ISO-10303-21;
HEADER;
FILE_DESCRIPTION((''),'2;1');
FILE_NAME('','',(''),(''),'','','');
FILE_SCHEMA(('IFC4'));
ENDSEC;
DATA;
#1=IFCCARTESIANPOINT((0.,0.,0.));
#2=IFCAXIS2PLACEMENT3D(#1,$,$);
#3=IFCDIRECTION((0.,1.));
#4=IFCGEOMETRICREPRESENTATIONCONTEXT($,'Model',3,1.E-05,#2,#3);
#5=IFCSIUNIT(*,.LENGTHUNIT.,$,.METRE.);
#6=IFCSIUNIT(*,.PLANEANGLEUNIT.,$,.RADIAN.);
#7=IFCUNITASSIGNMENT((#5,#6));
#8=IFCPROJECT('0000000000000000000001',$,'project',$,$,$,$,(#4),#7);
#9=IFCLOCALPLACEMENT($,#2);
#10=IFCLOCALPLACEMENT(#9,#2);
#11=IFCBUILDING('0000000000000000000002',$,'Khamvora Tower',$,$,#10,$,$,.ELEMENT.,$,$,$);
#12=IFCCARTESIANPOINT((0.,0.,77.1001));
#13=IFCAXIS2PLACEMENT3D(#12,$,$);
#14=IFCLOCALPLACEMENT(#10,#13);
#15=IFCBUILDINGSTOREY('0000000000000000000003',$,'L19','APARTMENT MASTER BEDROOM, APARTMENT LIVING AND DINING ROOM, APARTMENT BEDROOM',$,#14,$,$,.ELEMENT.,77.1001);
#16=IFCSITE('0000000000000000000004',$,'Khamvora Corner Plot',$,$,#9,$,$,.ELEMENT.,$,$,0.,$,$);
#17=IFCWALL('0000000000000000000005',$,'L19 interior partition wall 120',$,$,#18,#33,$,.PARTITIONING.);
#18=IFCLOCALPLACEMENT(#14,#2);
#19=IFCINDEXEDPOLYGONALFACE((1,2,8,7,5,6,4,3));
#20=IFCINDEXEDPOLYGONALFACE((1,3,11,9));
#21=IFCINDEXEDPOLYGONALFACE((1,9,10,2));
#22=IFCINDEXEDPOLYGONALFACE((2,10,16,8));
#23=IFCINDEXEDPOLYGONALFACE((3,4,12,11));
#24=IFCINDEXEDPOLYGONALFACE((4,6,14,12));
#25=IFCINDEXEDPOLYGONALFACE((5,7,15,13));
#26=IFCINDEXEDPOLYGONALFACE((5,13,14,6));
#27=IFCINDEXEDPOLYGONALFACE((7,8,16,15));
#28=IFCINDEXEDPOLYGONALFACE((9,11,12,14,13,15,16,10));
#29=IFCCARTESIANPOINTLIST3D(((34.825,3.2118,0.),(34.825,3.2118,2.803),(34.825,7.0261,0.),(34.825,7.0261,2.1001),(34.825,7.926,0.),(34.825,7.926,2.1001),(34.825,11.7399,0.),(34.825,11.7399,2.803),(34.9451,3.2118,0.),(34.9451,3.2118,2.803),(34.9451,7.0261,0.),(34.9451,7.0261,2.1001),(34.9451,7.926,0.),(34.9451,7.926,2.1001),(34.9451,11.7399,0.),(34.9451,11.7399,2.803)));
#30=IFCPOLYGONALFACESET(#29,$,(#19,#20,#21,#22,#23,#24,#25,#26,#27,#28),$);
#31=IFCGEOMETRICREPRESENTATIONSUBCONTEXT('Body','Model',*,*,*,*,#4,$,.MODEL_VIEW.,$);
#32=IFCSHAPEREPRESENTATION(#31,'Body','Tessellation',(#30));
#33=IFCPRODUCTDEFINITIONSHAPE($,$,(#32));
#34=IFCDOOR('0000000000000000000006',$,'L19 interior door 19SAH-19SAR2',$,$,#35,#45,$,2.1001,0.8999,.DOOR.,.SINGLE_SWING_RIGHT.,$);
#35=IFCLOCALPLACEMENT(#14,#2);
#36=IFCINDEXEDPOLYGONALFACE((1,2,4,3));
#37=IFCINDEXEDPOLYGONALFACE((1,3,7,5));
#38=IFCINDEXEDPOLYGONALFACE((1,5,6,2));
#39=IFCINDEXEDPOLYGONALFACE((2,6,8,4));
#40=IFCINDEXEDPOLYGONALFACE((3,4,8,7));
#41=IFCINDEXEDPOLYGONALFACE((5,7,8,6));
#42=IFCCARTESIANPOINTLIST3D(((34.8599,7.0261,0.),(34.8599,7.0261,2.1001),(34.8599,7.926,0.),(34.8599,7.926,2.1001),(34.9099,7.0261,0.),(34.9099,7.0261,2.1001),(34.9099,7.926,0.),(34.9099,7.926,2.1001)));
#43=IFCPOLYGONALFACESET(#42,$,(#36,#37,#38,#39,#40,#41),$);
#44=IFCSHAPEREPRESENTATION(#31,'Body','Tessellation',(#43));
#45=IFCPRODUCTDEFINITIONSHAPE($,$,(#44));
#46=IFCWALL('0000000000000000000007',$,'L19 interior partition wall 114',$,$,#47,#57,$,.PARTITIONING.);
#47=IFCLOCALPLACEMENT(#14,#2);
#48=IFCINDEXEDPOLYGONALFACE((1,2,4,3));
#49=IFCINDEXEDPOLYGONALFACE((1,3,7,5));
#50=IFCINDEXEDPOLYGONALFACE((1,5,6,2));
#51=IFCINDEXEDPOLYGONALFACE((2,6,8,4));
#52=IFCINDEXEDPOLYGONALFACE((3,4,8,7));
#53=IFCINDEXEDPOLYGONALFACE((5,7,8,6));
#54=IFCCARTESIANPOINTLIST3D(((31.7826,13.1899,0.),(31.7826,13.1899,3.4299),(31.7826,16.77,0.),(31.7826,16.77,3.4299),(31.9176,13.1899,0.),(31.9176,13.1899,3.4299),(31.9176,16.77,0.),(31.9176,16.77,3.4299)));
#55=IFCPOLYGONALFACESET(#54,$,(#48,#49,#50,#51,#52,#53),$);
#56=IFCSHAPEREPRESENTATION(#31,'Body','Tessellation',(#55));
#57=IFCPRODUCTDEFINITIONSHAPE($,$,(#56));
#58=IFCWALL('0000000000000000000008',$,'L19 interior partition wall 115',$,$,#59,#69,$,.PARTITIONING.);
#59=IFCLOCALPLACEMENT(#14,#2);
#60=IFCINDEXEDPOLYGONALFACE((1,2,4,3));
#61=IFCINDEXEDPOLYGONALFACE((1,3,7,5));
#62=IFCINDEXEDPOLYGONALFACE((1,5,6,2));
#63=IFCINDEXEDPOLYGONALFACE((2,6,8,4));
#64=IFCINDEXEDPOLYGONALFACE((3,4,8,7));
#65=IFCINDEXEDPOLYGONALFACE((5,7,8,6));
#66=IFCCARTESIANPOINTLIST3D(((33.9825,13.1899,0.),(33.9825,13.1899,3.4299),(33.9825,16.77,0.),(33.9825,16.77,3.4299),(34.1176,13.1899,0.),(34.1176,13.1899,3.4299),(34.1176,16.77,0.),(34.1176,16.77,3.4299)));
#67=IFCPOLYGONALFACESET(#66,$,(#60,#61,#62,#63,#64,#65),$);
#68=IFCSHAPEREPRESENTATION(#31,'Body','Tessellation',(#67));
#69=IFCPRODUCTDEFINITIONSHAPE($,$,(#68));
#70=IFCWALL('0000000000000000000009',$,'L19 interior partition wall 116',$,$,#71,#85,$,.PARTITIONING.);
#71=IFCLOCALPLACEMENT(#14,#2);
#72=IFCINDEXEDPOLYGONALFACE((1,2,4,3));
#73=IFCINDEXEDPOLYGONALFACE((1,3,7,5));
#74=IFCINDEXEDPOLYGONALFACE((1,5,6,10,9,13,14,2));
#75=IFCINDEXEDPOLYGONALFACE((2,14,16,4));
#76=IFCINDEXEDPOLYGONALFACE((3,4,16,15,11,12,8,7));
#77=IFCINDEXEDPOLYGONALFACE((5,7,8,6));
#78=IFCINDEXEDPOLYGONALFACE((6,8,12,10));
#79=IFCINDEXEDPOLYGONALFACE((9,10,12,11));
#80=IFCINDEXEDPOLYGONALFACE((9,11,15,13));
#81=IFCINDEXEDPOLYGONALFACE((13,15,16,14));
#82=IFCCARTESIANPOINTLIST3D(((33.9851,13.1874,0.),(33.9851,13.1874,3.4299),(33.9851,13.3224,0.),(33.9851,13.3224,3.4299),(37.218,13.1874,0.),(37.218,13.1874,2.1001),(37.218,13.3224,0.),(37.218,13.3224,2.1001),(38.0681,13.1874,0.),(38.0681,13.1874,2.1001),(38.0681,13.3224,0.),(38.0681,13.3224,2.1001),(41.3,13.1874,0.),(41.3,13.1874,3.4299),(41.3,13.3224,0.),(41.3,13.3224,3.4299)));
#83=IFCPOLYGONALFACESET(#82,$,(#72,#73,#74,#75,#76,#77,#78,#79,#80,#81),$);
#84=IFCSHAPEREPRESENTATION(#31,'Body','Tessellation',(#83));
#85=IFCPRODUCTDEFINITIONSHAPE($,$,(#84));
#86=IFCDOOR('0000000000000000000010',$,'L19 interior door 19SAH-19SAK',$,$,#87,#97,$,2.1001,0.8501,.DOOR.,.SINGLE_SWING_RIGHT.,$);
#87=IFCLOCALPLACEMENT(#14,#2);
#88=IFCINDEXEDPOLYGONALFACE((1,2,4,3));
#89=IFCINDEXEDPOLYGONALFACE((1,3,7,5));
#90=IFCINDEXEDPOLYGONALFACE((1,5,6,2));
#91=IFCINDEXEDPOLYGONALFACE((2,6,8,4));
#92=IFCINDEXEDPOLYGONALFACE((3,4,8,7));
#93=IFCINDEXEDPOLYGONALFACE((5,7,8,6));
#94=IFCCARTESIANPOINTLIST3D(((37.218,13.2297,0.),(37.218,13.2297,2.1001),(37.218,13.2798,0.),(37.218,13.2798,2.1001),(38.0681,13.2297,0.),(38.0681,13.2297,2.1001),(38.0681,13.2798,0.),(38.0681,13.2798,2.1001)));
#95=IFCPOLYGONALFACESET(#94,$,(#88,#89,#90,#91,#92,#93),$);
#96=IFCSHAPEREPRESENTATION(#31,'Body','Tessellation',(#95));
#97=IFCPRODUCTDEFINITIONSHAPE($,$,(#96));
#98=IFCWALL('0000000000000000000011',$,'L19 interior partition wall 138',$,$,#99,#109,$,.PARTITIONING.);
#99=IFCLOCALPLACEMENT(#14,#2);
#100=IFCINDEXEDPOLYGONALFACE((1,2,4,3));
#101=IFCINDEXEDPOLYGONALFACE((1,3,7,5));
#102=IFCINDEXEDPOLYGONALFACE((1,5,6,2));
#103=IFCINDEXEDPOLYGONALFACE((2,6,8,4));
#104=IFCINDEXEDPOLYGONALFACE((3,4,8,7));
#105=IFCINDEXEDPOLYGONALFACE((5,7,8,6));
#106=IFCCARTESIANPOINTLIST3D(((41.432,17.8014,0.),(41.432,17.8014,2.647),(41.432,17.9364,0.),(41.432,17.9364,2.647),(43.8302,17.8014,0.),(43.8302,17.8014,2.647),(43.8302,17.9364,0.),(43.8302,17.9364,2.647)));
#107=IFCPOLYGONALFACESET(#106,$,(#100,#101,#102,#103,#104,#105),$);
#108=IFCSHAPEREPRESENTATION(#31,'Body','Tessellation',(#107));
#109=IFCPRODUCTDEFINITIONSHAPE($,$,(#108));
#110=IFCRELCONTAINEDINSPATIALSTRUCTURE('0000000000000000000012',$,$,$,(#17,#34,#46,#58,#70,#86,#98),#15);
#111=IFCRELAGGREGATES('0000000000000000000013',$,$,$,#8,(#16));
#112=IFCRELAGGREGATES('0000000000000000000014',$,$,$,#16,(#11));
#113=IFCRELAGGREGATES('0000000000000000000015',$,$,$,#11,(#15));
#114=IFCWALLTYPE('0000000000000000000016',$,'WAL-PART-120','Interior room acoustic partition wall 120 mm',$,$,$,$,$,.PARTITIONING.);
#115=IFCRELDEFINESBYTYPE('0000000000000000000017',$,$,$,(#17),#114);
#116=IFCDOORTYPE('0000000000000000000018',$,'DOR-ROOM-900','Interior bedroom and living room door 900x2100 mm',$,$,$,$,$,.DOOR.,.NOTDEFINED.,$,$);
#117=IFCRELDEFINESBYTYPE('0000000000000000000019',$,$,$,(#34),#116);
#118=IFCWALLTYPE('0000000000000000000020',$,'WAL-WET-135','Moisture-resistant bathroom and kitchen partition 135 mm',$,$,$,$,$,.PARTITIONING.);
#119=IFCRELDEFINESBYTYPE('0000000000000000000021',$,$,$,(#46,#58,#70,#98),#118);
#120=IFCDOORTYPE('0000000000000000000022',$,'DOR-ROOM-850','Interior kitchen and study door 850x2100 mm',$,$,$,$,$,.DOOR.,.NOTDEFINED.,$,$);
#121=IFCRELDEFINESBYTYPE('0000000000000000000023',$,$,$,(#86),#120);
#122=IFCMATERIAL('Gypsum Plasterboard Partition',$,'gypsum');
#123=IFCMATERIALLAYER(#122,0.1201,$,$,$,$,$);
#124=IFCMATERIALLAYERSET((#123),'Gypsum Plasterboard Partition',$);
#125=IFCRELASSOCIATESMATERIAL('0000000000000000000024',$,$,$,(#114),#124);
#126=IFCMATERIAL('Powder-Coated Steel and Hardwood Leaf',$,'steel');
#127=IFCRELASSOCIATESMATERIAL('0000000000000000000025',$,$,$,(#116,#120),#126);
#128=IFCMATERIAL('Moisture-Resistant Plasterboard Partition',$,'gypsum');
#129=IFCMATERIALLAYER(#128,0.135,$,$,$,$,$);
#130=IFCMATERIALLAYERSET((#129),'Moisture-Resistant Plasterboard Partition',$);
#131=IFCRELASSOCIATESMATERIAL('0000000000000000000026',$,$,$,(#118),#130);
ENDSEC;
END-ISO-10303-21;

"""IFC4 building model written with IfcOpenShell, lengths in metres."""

from ifc_helpers import new_model, si_unit, direction, frame, frame_2d, origin, place, context, subcontext, project, spatial, rectangle, extrude, material, layer, layer_set, type_object, element, fill, save


model = new_model("IFC4")

# Units and contexts
model_context = context("Model", 3, precision=1e-05, world=origin(), true_north=direction((0.0, 1.0)))
body_context = subcontext(model_context, "Body", "Model", "MODEL_VIEW")
ifc_project = project(units=[si_unit("LENGTHUNIT", "METRE"), si_unit("PLANEANGLEUNIT", "RADIAN")], contexts=[model_context])

# Site, building, storey
site_placement = place(None, origin())
site = spatial("IfcSite", under=ifc_project, at=site_placement, Name="Khamvora Corner Plot", CompositionType="ELEMENT", RefElevation=0.0)
building_placement = place(site_placement, origin())
building = spatial("IfcBuilding", under=site, at=building_placement, Name="Khamvora Tower", CompositionType="ELEMENT")
storey_placement = place(building_placement, frame((0.0, 0.0, 77.1001)))
storey = spatial("IfcBuildingStorey", under=building, at=storey_placement, Name="L19", Description="APARTMENT MASTER BEDROOM, APARTMENT LIVING AND DINING ROOM, APARTMENT BEDROOM", CompositionType="ELEMENT", Elevation=77.1001)

# Shared definitions
ifc_material_1 = material(Name="Powder-Coated Steel and Hardwood Leaf", Category="steel")

# Shared definitions
ifc_material_2 = material(Name="Gypsum Plasterboard Partition", Category="gypsum")
ifc_layer_1 = layer(ifc_material_2, 0.1201)
ifc_layer_set_1 = layer_set([ifc_layer_1], Name="Gypsum Plasterboard Partition")
wall_type_1 = type_object("IfcWallType", Name="WAL-PART-120", Description="Interior room acoustic partition wall 120 mm", PredefinedType="PARTITIONING", material=ifc_layer_set_1)
door_type_1 = type_object("IfcDoorType", Name="DOR-ROOM-900", Description="Interior bedroom and living room door 900x2100 mm", OperationType="NOTDEFINED", PredefinedType="DOOR", material=ifc_material_1)

# Wall, opening, door
wall_1_placement = place(storey_placement, frame((34.885, 11.74, 0.0), z_axis=(0.0, 0.0, 1.0), x_axis=(0.0, -1.0, 0.0)))
wall_1 = element("IfcWall", 1, at=wall_1_placement, inside=storey, type_object=wall_type_1, Name="L19 interior partition wall 120", PredefinedType="PARTITIONING", context=body_context, shape_type="SweptSolid", body=[
    extrude(rectangle(XDim=8.5281, YDim=0.1201, at=frame_2d((4.2642, 0.0))), origin(), (0.0, 0.0, 1.0), 2.803),
])
opening_1_placement = place(wall_1_placement, frame((3.814, 0.0, 0.0)))
opening_1 = element("IfcOpeningElement", 2, at=opening_1_placement, cuts=wall_1, PredefinedType="OPENING", context=body_context, shape_type="SweptSolid", body=[
    extrude(rectangle(XDim=0.8999, YDim=2.1001, at=frame_2d((0.45, 1.05))), frame((0.0, 0.0701, 0.0), z_axis=(0.0, -1.0, 0.0), x_axis=(1.0, 0.0, 0.0)), (0.0, 0.0, 1.0), 0.1401),
])
door_1_placement = place(opening_1_placement, origin())
door_1 = element("IfcDoor", 3, at=door_1_placement, inside=storey, type_object=door_type_1, Name="L19 interior door 19SAH-19SAR2", OperationType="SINGLE_SWING_RIGHT", OverallHeight=2.1001, OverallWidth=0.8999, PredefinedType="DOOR", context=body_context, shape_type="SweptSolid", body=[
    extrude(rectangle(XDim=0.8999, YDim=2.1001, at=frame_2d((0.45, 1.05))), frame((0.0, 0.0249, 0.0), z_axis=(0.0, -1.0, 0.0), x_axis=(1.0, 0.0, 0.0)), (0.0, 0.0, 1.0), 0.05),
])
fill(opening_1, door_1)

# Walls
ifc_material_3 = material(Name="Moisture-Resistant Plasterboard Partition", Category="gypsum")
ifc_layer_2 = layer(ifc_material_3, 0.135)
ifc_layer_set_2 = layer_set([ifc_layer_2], Name="Moisture-Resistant Plasterboard Partition")
wall_type_2 = type_object("IfcWallType", Name="WAL-WET-135", Description="Moisture-resistant bathroom and kitchen partition 135 mm", PredefinedType="PARTITIONING", material=ifc_layer_set_2)
for number, where, z_axis, x_axis, name in (
    (4, (31.8501, 13.1899, 0.0), (0.0, 0.0, 1.0), (0.0, 1.0, 0.0), "L19 interior partition wall 114"),
    (5, (34.05, 16.77, 0.0), (0.0, 0.0, 1.0), (0.0, -1.0, 0.0), "L19 interior partition wall 115"),
):
    element("IfcWall", number, at=place(storey_placement, frame(where, z_axis=z_axis, x_axis=x_axis)), inside=storey, type_object=wall_type_2, Name=name, PredefinedType="PARTITIONING", context=body_context, shape_type="SweptSolid", body=[
        extrude(rectangle(XDim=3.5801, YDim=0.135, at=frame_2d((1.79, 0.0))), origin(), (0.0, 0.0, 1.0), 3.4299),
    ])

# Wall, opening, door
wall_2_placement = place(storey_placement, frame((33.9851, 13.2549, 0.0), z_axis=(0.0, 0.0, 1.0), x_axis=(1.0, 0.0, 0.0)))
wall_2 = element("IfcWall", 6, at=wall_2_placement, inside=storey, type_object=wall_type_2, Name="L19 interior partition wall 116", PredefinedType="PARTITIONING", context=body_context, shape_type="SweptSolid", body=[
    extrude(rectangle(XDim=7.3149, YDim=0.135, at=frame_2d((3.6575, 0.0))), origin(), (0.0, 0.0, 1.0), 3.4299),
])
opening_2_placement = place(wall_2_placement, frame((3.2329, 0.0, 0.0)))
opening_2 = element("IfcOpeningElement", 7, at=opening_2_placement, cuts=wall_2, PredefinedType="OPENING", context=body_context, shape_type="SweptSolid", body=[
    extrude(rectangle(XDim=0.8501, YDim=2.1001, at=frame_2d((0.425, 1.05))), frame((0.0, 0.0774, 0.0), z_axis=(0.0, -1.0, 0.0), x_axis=(1.0, 0.0, 0.0)), (0.0, 0.0, 1.0), 0.155),
])
door_type_2 = type_object("IfcDoorType", Name="DOR-ROOM-850", Description="Interior kitchen and study door 850x2100 mm", OperationType="NOTDEFINED", PredefinedType="DOOR", material=ifc_material_1)
door_2_placement = place(opening_2_placement, origin())
door_2 = element("IfcDoor", 8, at=door_2_placement, inside=storey, type_object=door_type_2, Name="L19 interior door 19SAH-19SAK", OperationType="SINGLE_SWING_RIGHT", OverallHeight=2.1001, OverallWidth=0.8501, PredefinedType="DOOR", context=body_context, shape_type="SweptSolid", body=[
    extrude(rectangle(XDim=0.8501, YDim=2.1001, at=frame_2d((0.425, 1.05))), frame((0.0, 0.0249, 0.0), z_axis=(0.0, -1.0, 0.0), x_axis=(1.0, 0.0, 0.0)), (0.0, 0.0, 1.0), 0.05),
])
fill(opening_2, door_2)

# Wall
wall_3_placement = place(storey_placement, frame((41.4319, 17.8689, 0.0), z_axis=(0.0, 0.0, 1.0), x_axis=(1.0, 0.0, 0.0)))
element("IfcWall", 9, at=wall_3_placement, inside=storey, type_object=wall_type_2, Name="L19 interior partition wall 138", PredefinedType="PARTITIONING", context=body_context, shape_type="SweptSolid", body=[
    extrude(rectangle(XDim=2.3982, YDim=0.135, at=frame_2d((1.1992, 0.0))), origin(), (0.0, 0.0, 1.0), 2.647),
])

save(model, "model.ifc")
